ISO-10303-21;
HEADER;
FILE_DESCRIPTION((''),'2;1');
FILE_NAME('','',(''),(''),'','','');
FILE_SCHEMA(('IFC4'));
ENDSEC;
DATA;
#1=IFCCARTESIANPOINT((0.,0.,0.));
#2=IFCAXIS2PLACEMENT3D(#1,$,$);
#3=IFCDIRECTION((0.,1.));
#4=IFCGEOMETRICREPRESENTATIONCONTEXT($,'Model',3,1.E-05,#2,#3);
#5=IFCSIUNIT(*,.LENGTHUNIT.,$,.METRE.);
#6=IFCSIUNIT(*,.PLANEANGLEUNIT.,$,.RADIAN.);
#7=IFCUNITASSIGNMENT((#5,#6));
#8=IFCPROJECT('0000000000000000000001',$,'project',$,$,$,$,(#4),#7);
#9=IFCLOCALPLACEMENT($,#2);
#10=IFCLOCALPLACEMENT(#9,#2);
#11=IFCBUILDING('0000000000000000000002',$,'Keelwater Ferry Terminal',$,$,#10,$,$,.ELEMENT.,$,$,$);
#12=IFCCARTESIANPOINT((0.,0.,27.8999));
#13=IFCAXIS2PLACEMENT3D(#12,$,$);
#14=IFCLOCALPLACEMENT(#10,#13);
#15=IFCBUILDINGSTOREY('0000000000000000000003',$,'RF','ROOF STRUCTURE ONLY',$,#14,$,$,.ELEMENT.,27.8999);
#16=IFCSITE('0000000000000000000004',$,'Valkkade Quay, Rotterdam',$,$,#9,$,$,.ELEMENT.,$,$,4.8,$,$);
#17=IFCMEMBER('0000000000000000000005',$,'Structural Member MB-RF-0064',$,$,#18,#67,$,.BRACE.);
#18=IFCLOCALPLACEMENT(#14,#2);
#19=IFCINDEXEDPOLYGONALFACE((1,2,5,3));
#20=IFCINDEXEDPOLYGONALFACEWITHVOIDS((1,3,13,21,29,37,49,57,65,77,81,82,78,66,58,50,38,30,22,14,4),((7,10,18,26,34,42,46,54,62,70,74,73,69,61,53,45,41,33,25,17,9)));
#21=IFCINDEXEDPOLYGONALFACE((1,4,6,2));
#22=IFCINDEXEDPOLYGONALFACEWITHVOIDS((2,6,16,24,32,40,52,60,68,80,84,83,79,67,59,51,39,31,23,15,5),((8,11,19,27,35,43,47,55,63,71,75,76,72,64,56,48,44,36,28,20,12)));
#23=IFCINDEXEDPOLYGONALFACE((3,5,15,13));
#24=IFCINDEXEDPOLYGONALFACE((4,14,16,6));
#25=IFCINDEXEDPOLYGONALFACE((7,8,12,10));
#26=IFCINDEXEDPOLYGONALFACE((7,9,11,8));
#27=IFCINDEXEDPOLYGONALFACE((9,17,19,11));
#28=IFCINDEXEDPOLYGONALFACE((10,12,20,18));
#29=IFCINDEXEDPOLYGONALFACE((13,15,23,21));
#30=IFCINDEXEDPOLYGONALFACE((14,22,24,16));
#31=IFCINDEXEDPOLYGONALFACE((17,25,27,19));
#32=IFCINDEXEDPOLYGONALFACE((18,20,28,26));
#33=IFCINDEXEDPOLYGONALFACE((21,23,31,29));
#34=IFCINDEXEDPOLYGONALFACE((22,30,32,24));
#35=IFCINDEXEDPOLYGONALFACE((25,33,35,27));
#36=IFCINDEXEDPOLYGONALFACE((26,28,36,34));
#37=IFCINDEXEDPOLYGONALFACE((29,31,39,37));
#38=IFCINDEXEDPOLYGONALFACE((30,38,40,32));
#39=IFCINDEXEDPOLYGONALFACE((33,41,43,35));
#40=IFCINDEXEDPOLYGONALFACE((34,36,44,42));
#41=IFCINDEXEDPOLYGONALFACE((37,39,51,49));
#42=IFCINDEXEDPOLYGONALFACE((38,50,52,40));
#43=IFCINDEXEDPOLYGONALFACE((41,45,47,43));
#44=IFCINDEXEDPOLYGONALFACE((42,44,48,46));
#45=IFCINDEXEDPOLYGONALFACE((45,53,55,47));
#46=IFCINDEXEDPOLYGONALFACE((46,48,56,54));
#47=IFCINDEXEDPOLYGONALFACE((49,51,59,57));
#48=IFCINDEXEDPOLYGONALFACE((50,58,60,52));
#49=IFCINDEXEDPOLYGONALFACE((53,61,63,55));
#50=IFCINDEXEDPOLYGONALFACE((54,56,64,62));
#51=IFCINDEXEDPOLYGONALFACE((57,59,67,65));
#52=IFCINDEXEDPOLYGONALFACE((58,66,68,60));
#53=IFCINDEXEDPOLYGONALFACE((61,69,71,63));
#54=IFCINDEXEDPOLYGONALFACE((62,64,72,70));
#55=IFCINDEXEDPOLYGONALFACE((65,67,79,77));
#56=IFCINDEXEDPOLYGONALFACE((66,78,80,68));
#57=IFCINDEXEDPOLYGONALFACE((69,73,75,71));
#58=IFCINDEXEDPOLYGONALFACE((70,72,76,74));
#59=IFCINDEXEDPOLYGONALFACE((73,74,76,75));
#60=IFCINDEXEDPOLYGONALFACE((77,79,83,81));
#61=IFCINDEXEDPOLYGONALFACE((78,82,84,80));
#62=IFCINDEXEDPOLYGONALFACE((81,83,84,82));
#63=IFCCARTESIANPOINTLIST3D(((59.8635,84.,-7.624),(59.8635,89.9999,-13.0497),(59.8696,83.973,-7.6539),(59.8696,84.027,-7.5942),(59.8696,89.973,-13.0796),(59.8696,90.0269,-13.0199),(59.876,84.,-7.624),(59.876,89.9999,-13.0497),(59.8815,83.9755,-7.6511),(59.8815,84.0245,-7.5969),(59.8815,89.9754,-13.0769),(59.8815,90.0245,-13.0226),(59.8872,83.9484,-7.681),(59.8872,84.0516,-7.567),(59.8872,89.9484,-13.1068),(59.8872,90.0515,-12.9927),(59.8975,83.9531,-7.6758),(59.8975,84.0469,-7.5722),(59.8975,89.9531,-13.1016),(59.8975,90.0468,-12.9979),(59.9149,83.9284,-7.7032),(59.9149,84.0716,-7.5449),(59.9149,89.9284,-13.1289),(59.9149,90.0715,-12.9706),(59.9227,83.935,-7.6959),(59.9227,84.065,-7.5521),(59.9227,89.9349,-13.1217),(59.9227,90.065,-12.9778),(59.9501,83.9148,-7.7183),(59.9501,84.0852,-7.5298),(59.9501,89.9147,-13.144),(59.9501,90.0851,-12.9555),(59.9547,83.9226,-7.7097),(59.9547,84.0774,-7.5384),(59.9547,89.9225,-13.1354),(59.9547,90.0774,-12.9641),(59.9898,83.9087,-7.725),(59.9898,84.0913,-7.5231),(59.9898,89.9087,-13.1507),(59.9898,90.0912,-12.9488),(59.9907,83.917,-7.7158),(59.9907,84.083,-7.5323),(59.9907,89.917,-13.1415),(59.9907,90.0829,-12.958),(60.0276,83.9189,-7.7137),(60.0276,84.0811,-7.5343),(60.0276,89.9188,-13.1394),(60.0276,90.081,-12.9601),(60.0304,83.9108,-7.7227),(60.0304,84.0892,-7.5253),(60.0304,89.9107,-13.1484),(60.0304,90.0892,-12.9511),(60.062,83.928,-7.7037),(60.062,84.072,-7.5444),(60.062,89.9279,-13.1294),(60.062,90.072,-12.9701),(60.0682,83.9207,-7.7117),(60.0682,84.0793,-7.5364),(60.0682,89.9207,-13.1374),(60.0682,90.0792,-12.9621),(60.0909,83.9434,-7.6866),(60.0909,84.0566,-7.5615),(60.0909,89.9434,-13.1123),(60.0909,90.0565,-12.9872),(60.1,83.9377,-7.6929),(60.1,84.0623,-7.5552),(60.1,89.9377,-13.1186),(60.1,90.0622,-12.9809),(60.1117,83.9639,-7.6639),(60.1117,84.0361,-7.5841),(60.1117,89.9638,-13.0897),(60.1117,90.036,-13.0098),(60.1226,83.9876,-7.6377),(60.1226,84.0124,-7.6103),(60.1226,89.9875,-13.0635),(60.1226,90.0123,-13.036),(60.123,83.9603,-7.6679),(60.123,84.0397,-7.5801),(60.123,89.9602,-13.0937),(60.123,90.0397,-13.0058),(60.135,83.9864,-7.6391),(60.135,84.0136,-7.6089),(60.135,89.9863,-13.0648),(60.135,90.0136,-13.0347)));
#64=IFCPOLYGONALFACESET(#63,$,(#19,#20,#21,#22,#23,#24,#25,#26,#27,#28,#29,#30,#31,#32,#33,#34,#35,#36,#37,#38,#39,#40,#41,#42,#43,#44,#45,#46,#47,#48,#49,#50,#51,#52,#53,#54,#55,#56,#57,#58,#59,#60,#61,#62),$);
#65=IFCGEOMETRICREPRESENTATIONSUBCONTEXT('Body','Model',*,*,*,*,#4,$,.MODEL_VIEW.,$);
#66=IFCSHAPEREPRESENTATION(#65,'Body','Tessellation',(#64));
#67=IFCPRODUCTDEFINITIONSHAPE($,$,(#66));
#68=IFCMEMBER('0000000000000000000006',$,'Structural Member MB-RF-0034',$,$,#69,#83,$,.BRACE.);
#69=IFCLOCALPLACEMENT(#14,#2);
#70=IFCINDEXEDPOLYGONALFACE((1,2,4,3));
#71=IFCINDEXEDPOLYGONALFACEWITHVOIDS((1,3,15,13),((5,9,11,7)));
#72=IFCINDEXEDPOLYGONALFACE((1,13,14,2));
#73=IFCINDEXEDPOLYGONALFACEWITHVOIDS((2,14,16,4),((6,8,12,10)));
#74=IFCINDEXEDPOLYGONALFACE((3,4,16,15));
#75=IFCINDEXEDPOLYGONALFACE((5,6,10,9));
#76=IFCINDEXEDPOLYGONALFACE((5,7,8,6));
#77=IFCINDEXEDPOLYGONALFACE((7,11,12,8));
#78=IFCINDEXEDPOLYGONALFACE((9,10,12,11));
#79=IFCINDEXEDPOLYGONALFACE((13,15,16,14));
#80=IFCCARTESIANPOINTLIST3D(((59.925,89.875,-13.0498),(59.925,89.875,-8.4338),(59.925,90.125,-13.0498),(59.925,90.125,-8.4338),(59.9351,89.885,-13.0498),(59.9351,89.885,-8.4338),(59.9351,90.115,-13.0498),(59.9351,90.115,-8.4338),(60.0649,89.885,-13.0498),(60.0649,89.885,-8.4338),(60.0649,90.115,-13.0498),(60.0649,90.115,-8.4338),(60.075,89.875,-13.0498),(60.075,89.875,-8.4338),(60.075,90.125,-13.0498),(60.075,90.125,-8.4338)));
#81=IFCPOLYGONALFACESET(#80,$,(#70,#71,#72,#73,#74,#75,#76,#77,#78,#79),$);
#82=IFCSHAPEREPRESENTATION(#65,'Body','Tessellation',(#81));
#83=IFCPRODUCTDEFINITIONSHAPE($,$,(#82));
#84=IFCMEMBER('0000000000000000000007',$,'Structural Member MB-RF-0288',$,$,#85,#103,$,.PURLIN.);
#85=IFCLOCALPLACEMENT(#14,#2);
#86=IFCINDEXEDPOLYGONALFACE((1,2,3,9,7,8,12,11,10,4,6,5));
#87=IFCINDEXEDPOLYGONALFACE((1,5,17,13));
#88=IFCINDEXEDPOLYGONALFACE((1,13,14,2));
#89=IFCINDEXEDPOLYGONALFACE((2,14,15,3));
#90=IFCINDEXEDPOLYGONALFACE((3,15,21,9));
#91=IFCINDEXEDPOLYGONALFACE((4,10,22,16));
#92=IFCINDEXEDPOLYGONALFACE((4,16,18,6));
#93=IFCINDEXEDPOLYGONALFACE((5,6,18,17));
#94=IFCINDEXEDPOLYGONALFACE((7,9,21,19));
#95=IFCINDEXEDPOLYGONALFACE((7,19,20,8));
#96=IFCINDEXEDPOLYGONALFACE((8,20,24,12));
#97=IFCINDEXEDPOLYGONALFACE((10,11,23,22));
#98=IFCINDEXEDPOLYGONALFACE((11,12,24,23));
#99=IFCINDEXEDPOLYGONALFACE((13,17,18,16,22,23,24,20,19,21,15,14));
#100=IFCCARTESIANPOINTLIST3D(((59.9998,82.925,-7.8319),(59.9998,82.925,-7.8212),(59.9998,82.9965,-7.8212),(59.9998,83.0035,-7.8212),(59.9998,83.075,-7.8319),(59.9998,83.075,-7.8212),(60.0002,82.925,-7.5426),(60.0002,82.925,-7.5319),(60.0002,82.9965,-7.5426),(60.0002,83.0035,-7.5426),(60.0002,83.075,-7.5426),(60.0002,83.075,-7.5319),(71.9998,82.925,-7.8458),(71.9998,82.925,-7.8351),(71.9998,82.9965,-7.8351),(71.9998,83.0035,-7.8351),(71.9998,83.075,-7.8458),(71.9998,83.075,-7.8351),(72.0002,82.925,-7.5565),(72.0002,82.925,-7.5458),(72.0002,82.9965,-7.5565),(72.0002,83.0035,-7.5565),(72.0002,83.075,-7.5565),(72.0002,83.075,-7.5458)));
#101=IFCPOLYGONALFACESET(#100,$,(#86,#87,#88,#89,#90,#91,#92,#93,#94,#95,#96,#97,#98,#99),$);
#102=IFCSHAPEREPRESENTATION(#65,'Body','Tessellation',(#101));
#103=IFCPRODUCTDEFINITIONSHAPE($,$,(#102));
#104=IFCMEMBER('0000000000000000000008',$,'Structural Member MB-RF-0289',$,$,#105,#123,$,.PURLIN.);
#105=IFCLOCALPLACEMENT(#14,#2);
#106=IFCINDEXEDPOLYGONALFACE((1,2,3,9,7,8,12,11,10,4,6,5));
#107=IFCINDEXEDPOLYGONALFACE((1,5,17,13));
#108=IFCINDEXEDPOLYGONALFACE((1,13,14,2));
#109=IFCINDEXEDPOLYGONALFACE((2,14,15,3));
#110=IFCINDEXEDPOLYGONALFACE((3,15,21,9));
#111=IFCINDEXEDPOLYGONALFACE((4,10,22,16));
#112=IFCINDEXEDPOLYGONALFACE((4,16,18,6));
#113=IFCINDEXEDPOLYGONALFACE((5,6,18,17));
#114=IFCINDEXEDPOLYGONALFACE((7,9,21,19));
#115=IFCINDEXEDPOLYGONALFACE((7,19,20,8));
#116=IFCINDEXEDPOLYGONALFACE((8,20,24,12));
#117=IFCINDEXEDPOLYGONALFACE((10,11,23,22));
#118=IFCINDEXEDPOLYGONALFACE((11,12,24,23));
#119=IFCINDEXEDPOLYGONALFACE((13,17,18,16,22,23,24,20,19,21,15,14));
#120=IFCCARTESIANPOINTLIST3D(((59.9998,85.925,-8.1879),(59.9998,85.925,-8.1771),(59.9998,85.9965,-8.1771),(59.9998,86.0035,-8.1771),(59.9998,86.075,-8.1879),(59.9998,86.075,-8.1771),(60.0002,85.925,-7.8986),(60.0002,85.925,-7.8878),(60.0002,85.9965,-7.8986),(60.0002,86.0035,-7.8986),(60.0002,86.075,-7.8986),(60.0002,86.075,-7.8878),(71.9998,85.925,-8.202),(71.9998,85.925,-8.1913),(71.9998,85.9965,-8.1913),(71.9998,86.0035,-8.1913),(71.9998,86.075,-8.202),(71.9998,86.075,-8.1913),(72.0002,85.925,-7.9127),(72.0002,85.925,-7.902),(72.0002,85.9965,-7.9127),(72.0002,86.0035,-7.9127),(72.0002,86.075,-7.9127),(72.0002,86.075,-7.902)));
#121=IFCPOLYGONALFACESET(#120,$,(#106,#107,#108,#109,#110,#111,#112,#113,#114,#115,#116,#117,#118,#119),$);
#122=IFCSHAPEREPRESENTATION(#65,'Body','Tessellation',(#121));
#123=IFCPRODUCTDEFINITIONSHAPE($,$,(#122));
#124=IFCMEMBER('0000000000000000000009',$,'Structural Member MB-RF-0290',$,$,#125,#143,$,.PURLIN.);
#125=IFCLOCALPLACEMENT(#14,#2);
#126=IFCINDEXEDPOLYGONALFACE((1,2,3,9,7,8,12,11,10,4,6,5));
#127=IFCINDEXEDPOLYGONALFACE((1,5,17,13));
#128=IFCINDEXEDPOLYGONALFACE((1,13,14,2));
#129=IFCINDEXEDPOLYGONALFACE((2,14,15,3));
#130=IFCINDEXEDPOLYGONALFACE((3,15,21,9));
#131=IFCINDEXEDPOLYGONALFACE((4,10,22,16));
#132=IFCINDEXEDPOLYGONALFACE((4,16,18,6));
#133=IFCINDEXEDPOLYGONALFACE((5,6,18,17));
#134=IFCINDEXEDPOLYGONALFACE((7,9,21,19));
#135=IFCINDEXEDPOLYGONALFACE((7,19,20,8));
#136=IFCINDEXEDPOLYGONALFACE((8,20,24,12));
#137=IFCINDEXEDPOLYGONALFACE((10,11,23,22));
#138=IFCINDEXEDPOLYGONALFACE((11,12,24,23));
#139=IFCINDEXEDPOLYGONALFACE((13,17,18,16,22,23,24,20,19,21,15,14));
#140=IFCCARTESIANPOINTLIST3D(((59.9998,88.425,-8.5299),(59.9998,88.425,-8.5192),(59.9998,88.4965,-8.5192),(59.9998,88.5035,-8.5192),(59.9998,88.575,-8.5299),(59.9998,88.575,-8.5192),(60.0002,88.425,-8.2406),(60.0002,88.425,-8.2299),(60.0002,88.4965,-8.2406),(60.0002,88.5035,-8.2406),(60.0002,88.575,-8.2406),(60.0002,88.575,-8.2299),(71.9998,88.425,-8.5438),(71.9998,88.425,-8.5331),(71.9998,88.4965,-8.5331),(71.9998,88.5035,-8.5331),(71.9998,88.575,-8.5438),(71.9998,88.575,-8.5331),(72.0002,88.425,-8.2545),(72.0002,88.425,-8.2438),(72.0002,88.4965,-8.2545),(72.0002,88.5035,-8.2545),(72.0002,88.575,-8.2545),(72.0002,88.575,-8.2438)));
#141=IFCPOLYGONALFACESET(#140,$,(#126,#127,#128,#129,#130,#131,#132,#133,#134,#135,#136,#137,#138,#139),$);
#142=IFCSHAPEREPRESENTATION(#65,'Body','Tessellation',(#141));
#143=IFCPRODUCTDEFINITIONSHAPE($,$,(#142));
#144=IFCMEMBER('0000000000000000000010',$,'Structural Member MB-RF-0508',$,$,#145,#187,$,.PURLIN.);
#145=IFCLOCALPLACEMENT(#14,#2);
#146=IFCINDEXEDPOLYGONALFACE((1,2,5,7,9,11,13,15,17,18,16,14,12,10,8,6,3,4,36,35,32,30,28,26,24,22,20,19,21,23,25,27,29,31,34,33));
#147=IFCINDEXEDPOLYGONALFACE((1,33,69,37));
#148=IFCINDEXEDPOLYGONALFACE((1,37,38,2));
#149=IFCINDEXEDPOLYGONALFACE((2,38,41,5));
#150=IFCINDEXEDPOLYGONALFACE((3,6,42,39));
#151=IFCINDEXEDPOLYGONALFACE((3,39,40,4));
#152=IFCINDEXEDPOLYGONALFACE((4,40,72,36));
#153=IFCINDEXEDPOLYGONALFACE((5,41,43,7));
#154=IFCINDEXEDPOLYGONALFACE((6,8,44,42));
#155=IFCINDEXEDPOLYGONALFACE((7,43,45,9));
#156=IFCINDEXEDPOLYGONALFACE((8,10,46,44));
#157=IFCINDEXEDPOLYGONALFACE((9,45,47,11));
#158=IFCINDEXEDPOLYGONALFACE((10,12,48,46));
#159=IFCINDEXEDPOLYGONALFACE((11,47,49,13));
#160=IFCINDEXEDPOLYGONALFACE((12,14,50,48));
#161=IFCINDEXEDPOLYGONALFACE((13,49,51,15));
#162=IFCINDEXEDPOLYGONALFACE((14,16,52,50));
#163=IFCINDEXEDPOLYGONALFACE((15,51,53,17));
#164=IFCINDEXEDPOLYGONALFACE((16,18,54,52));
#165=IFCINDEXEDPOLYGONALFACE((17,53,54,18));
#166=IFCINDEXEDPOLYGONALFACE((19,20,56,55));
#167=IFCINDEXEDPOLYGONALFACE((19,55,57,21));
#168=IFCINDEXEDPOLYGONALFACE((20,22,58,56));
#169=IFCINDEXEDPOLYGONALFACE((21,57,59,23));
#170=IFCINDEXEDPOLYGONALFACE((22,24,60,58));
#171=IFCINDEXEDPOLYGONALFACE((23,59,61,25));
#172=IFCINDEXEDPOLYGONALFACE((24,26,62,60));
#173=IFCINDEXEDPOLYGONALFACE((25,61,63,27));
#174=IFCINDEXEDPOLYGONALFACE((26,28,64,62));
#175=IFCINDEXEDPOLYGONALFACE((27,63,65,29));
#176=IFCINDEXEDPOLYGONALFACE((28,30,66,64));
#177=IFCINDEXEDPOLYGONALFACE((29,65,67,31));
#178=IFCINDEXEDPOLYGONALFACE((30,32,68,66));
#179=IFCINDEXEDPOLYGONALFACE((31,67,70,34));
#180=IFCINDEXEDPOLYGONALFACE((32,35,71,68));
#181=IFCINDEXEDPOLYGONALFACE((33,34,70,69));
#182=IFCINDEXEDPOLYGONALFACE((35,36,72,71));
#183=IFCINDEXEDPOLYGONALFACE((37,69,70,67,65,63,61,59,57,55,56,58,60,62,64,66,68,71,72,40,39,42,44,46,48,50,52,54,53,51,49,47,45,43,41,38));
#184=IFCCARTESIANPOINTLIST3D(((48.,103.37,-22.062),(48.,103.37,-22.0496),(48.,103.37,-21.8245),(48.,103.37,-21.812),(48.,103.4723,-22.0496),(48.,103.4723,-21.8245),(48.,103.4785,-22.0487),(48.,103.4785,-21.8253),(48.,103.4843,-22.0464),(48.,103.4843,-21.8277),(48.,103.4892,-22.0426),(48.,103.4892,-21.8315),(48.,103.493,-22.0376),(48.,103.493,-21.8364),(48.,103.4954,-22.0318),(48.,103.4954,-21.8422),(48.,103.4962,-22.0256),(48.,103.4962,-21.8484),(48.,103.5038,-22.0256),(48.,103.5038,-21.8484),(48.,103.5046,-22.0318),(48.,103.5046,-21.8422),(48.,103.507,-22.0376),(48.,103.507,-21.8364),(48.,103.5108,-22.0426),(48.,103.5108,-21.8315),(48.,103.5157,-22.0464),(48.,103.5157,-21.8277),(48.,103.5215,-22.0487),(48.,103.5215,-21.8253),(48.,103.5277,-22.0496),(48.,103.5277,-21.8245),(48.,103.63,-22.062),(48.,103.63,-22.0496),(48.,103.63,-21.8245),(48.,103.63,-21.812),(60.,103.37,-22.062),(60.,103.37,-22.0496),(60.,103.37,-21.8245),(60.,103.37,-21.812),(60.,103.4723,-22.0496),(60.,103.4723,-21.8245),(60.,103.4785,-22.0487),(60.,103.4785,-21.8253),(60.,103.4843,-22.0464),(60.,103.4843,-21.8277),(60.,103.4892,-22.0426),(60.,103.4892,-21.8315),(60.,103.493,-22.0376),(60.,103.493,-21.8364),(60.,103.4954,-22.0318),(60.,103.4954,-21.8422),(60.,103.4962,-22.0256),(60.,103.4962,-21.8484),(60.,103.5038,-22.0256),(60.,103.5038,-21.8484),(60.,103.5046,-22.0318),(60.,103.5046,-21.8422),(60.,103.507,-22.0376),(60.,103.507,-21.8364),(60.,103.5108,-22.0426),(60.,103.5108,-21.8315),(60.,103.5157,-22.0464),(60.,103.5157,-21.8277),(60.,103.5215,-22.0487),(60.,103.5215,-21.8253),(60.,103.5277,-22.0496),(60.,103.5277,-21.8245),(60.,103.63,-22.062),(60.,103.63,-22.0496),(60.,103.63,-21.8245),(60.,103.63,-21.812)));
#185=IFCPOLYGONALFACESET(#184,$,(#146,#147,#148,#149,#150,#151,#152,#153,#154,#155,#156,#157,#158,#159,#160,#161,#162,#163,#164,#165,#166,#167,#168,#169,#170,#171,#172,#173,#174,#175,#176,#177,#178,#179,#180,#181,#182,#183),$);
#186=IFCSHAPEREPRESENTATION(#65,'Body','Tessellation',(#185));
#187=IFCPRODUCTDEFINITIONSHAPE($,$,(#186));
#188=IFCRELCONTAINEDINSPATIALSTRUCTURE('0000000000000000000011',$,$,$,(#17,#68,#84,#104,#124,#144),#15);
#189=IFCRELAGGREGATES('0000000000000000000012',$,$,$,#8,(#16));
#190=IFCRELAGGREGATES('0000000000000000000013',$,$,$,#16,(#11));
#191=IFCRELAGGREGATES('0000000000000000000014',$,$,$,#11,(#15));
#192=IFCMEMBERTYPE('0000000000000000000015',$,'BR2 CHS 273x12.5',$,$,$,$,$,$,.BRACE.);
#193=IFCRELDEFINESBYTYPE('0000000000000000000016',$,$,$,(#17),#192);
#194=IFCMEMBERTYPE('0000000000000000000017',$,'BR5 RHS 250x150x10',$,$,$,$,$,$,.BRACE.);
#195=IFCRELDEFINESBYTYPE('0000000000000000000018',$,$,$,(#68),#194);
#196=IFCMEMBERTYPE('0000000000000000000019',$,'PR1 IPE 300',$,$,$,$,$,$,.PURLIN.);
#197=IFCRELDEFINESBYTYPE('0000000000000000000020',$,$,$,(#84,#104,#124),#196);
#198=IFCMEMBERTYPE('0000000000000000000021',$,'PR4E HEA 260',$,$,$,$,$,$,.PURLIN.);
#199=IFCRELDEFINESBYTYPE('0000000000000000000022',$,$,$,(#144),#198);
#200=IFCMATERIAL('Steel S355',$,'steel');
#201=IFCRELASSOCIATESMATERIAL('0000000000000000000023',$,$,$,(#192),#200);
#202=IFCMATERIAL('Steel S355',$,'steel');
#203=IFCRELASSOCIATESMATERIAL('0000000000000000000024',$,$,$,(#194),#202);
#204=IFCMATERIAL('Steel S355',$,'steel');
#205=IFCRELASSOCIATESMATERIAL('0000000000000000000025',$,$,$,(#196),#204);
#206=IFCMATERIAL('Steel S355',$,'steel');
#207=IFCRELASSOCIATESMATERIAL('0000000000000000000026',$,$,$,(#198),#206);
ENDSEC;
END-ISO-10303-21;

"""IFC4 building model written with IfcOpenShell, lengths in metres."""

from ifc_helpers import new_model, si_unit, direction, frame, origin, origin_2d, place, context, subcontext, project, spatial, hollow_rectangle, hollow_circle, i_section, extrude, material, material_profile, profile_set, type_object, element, save


model = new_model("IFC4")

# Units and contexts
model_context = context("Model", 3, precision=1e-05, world=origin(), true_north=direction((0.0, 1.0)))
body_context = subcontext(model_context, "Body", "Model", "MODEL_VIEW")
ifc_project = project(units=[si_unit("LENGTHUNIT", "METRE"), si_unit("PLANEANGLEUNIT", "RADIAN")], contexts=[model_context])

# Site, building, storey
site_placement = place(None, origin())
site = spatial("IfcSite", under=ifc_project, at=site_placement, Name="Valkkade Quay, Rotterdam", CompositionType="ELEMENT", RefElevation=4.8)
building_placement = place(site_placement, origin())
building = spatial("IfcBuilding", under=site, at=building_placement, Name="Keelwater Ferry Terminal", CompositionType="ELEMENT")
storey_placement = place(building_placement, frame((0.0, 0.0, 27.8999)))
storey = spatial("IfcBuildingStorey", under=building, at=storey_placement, Name="RF", Description="ROOF STRUCTURE ONLY", CompositionType="ELEMENT", Elevation=27.8999)

# Members
ifc_material_1 = material(Name="Steel S355", Category="steel")
ifc_material_profile_1 = material_profile(ifc_material_1, hollow_circle(Radius=0.1365, WallThickness=0.0125, at=origin_2d()), Name="CHS 273x12.5")
ifc_profile_set_1 = profile_set([ifc_material_profile_1], Name="Steel S355")
member_type_1 = type_object("IfcMemberType", Name="BR2 CHS 273x12.5", PredefinedType="BRACE", material=ifc_profile_set_1)
member_1_placement = place(storey_placement, frame((60.0, 84.0, -7.624), z_axis=(0.0, 0.741707, -0.670724), x_axis=(-1.0, 0.0, 0.0)))
element("IfcMember", 1, at=member_1_placement, inside=storey, type_object=member_type_1, Name="Structural Member MB-RF-0064", PredefinedType="BRACE", context=body_context, shape_type="SweptSolid", body=[
    extrude(hollow_circle(Radius=0.1365, WallThickness=0.0125, at=origin_2d()), origin(), (0.0, 0.0, 1.0), 8.0894),
])
ifc_material_2 = material(Name="Steel S355", Category="steel")
ifc_material_profile_2 = material_profile(ifc_material_2, hollow_rectangle(XDim=0.1499, YDim=0.25, WallThickness=0.01, at=origin_2d()), Name="RHS 250x150x10")
ifc_profile_set_2 = profile_set([ifc_material_profile_2], Name="Steel S355")
member_type_2 = type_object("IfcMemberType", Name="BR5 RHS 250x150x10", PredefinedType="BRACE", material=ifc_profile_set_2)
member_2_placement = place(storey_placement, frame((60.0, 90.0, -13.0498), z_axis=(0.0, 0.0, 1.0), x_axis=(1.0, 0.0, 0.0)))
element("IfcMember", 2, at=member_2_placement, inside=storey, type_object=member_type_2, Name="Structural Member MB-RF-0034", PredefinedType="BRACE", context=body_context, shape_type="SweptSolid", body=[
    extrude(hollow_rectangle(XDim=0.1499, YDim=0.25, WallThickness=0.01, at=origin_2d()), origin(), (0.0, 0.0, 1.0), 4.616),
])
ifc_material_3 = material(Name="Steel S355", Category="steel")
ifc_material_profile_3 = material_profile(ifc_material_3, i_section(OverallWidth=0.1499, OverallDepth=0.3, WebThickness=0.0071, FlangeThickness=0.0107, at=origin_2d()), Name="IPE 300")
ifc_profile_set_3 = profile_set([ifc_material_profile_3], Name="Steel S355")
member_type_3 = type_object("IfcMemberType", Name="PR1 IPE 300", PredefinedType="PURLIN", material=ifc_profile_set_3)
for number, where, z_axis, x_axis, name in (
    (3, (60.0, 83.0, -7.6819), (0.999999, 0.0, -0.00116), (0.0, 1.0, 0.0), "Structural Member MB-RF-0288"),
    (4, (60.0, 86.0, -8.0378), (0.999999, 0.0, -0.00118), (0.0, 1.0, 0.0), "Structural Member MB-RF-0289"),
    (5, (60.0, 88.5, -8.3799), (0.999999, 0.0, -0.00116), (0.0, 1.0, 0.0), "Structural Member MB-RF-0290"),
):
    element("IfcMember", number, at=place(storey_placement, frame(where, z_axis=z_axis, x_axis=x_axis)), inside=storey, type_object=member_type_3, Name=name, PredefinedType="PURLIN", context=body_context, shape_type="SweptSolid", body=[
        extrude(i_section(OverallWidth=0.1499, OverallDepth=0.3, WebThickness=0.0071, FlangeThickness=0.0107, at=origin_2d()), origin(), (0.0, 0.0, 1.0), 12.0),
    ])
ifc_material_4 = material(Name="Steel S355", Category="steel")
ifc_material_profile_4 = material_profile(ifc_material_4, i_section(OverallWidth=0.26, OverallDepth=0.25, WebThickness=0.0076, FlangeThickness=0.0125, FilletRadius=0.0239, at=origin_2d()), Name="HEA 260")
ifc_profile_set_4 = profile_set([ifc_material_profile_4], Name="Steel S355")
member_type_4 = type_object("IfcMemberType", Name="PR4E HEA 260", PredefinedType="PURLIN", material=ifc_profile_set_4)
for number, where, z_axis, x_axis, name in (
    (6, (48.0, 103.5, -21.937), (1.0, 0.0, 0.0), (0.0, 1.0, 0.0), "Structural Member MB-RF-0508"),
):
    element("IfcMember", number, at=place(storey_placement, frame(where, z_axis=z_axis, x_axis=x_axis)), inside=storey, type_object=member_type_4, Name=name, PredefinedType="PURLIN", context=body_context, shape_type="SweptSolid", body=[
        extrude(i_section(OverallWidth=0.26, OverallDepth=0.25, WebThickness=0.0076, FlangeThickness=0.0125, FilletRadius=0.0239, at=origin_2d()), origin(), (0.0, 0.0, 1.0), 12.0),
    ])

save(model, "model.ifc")
